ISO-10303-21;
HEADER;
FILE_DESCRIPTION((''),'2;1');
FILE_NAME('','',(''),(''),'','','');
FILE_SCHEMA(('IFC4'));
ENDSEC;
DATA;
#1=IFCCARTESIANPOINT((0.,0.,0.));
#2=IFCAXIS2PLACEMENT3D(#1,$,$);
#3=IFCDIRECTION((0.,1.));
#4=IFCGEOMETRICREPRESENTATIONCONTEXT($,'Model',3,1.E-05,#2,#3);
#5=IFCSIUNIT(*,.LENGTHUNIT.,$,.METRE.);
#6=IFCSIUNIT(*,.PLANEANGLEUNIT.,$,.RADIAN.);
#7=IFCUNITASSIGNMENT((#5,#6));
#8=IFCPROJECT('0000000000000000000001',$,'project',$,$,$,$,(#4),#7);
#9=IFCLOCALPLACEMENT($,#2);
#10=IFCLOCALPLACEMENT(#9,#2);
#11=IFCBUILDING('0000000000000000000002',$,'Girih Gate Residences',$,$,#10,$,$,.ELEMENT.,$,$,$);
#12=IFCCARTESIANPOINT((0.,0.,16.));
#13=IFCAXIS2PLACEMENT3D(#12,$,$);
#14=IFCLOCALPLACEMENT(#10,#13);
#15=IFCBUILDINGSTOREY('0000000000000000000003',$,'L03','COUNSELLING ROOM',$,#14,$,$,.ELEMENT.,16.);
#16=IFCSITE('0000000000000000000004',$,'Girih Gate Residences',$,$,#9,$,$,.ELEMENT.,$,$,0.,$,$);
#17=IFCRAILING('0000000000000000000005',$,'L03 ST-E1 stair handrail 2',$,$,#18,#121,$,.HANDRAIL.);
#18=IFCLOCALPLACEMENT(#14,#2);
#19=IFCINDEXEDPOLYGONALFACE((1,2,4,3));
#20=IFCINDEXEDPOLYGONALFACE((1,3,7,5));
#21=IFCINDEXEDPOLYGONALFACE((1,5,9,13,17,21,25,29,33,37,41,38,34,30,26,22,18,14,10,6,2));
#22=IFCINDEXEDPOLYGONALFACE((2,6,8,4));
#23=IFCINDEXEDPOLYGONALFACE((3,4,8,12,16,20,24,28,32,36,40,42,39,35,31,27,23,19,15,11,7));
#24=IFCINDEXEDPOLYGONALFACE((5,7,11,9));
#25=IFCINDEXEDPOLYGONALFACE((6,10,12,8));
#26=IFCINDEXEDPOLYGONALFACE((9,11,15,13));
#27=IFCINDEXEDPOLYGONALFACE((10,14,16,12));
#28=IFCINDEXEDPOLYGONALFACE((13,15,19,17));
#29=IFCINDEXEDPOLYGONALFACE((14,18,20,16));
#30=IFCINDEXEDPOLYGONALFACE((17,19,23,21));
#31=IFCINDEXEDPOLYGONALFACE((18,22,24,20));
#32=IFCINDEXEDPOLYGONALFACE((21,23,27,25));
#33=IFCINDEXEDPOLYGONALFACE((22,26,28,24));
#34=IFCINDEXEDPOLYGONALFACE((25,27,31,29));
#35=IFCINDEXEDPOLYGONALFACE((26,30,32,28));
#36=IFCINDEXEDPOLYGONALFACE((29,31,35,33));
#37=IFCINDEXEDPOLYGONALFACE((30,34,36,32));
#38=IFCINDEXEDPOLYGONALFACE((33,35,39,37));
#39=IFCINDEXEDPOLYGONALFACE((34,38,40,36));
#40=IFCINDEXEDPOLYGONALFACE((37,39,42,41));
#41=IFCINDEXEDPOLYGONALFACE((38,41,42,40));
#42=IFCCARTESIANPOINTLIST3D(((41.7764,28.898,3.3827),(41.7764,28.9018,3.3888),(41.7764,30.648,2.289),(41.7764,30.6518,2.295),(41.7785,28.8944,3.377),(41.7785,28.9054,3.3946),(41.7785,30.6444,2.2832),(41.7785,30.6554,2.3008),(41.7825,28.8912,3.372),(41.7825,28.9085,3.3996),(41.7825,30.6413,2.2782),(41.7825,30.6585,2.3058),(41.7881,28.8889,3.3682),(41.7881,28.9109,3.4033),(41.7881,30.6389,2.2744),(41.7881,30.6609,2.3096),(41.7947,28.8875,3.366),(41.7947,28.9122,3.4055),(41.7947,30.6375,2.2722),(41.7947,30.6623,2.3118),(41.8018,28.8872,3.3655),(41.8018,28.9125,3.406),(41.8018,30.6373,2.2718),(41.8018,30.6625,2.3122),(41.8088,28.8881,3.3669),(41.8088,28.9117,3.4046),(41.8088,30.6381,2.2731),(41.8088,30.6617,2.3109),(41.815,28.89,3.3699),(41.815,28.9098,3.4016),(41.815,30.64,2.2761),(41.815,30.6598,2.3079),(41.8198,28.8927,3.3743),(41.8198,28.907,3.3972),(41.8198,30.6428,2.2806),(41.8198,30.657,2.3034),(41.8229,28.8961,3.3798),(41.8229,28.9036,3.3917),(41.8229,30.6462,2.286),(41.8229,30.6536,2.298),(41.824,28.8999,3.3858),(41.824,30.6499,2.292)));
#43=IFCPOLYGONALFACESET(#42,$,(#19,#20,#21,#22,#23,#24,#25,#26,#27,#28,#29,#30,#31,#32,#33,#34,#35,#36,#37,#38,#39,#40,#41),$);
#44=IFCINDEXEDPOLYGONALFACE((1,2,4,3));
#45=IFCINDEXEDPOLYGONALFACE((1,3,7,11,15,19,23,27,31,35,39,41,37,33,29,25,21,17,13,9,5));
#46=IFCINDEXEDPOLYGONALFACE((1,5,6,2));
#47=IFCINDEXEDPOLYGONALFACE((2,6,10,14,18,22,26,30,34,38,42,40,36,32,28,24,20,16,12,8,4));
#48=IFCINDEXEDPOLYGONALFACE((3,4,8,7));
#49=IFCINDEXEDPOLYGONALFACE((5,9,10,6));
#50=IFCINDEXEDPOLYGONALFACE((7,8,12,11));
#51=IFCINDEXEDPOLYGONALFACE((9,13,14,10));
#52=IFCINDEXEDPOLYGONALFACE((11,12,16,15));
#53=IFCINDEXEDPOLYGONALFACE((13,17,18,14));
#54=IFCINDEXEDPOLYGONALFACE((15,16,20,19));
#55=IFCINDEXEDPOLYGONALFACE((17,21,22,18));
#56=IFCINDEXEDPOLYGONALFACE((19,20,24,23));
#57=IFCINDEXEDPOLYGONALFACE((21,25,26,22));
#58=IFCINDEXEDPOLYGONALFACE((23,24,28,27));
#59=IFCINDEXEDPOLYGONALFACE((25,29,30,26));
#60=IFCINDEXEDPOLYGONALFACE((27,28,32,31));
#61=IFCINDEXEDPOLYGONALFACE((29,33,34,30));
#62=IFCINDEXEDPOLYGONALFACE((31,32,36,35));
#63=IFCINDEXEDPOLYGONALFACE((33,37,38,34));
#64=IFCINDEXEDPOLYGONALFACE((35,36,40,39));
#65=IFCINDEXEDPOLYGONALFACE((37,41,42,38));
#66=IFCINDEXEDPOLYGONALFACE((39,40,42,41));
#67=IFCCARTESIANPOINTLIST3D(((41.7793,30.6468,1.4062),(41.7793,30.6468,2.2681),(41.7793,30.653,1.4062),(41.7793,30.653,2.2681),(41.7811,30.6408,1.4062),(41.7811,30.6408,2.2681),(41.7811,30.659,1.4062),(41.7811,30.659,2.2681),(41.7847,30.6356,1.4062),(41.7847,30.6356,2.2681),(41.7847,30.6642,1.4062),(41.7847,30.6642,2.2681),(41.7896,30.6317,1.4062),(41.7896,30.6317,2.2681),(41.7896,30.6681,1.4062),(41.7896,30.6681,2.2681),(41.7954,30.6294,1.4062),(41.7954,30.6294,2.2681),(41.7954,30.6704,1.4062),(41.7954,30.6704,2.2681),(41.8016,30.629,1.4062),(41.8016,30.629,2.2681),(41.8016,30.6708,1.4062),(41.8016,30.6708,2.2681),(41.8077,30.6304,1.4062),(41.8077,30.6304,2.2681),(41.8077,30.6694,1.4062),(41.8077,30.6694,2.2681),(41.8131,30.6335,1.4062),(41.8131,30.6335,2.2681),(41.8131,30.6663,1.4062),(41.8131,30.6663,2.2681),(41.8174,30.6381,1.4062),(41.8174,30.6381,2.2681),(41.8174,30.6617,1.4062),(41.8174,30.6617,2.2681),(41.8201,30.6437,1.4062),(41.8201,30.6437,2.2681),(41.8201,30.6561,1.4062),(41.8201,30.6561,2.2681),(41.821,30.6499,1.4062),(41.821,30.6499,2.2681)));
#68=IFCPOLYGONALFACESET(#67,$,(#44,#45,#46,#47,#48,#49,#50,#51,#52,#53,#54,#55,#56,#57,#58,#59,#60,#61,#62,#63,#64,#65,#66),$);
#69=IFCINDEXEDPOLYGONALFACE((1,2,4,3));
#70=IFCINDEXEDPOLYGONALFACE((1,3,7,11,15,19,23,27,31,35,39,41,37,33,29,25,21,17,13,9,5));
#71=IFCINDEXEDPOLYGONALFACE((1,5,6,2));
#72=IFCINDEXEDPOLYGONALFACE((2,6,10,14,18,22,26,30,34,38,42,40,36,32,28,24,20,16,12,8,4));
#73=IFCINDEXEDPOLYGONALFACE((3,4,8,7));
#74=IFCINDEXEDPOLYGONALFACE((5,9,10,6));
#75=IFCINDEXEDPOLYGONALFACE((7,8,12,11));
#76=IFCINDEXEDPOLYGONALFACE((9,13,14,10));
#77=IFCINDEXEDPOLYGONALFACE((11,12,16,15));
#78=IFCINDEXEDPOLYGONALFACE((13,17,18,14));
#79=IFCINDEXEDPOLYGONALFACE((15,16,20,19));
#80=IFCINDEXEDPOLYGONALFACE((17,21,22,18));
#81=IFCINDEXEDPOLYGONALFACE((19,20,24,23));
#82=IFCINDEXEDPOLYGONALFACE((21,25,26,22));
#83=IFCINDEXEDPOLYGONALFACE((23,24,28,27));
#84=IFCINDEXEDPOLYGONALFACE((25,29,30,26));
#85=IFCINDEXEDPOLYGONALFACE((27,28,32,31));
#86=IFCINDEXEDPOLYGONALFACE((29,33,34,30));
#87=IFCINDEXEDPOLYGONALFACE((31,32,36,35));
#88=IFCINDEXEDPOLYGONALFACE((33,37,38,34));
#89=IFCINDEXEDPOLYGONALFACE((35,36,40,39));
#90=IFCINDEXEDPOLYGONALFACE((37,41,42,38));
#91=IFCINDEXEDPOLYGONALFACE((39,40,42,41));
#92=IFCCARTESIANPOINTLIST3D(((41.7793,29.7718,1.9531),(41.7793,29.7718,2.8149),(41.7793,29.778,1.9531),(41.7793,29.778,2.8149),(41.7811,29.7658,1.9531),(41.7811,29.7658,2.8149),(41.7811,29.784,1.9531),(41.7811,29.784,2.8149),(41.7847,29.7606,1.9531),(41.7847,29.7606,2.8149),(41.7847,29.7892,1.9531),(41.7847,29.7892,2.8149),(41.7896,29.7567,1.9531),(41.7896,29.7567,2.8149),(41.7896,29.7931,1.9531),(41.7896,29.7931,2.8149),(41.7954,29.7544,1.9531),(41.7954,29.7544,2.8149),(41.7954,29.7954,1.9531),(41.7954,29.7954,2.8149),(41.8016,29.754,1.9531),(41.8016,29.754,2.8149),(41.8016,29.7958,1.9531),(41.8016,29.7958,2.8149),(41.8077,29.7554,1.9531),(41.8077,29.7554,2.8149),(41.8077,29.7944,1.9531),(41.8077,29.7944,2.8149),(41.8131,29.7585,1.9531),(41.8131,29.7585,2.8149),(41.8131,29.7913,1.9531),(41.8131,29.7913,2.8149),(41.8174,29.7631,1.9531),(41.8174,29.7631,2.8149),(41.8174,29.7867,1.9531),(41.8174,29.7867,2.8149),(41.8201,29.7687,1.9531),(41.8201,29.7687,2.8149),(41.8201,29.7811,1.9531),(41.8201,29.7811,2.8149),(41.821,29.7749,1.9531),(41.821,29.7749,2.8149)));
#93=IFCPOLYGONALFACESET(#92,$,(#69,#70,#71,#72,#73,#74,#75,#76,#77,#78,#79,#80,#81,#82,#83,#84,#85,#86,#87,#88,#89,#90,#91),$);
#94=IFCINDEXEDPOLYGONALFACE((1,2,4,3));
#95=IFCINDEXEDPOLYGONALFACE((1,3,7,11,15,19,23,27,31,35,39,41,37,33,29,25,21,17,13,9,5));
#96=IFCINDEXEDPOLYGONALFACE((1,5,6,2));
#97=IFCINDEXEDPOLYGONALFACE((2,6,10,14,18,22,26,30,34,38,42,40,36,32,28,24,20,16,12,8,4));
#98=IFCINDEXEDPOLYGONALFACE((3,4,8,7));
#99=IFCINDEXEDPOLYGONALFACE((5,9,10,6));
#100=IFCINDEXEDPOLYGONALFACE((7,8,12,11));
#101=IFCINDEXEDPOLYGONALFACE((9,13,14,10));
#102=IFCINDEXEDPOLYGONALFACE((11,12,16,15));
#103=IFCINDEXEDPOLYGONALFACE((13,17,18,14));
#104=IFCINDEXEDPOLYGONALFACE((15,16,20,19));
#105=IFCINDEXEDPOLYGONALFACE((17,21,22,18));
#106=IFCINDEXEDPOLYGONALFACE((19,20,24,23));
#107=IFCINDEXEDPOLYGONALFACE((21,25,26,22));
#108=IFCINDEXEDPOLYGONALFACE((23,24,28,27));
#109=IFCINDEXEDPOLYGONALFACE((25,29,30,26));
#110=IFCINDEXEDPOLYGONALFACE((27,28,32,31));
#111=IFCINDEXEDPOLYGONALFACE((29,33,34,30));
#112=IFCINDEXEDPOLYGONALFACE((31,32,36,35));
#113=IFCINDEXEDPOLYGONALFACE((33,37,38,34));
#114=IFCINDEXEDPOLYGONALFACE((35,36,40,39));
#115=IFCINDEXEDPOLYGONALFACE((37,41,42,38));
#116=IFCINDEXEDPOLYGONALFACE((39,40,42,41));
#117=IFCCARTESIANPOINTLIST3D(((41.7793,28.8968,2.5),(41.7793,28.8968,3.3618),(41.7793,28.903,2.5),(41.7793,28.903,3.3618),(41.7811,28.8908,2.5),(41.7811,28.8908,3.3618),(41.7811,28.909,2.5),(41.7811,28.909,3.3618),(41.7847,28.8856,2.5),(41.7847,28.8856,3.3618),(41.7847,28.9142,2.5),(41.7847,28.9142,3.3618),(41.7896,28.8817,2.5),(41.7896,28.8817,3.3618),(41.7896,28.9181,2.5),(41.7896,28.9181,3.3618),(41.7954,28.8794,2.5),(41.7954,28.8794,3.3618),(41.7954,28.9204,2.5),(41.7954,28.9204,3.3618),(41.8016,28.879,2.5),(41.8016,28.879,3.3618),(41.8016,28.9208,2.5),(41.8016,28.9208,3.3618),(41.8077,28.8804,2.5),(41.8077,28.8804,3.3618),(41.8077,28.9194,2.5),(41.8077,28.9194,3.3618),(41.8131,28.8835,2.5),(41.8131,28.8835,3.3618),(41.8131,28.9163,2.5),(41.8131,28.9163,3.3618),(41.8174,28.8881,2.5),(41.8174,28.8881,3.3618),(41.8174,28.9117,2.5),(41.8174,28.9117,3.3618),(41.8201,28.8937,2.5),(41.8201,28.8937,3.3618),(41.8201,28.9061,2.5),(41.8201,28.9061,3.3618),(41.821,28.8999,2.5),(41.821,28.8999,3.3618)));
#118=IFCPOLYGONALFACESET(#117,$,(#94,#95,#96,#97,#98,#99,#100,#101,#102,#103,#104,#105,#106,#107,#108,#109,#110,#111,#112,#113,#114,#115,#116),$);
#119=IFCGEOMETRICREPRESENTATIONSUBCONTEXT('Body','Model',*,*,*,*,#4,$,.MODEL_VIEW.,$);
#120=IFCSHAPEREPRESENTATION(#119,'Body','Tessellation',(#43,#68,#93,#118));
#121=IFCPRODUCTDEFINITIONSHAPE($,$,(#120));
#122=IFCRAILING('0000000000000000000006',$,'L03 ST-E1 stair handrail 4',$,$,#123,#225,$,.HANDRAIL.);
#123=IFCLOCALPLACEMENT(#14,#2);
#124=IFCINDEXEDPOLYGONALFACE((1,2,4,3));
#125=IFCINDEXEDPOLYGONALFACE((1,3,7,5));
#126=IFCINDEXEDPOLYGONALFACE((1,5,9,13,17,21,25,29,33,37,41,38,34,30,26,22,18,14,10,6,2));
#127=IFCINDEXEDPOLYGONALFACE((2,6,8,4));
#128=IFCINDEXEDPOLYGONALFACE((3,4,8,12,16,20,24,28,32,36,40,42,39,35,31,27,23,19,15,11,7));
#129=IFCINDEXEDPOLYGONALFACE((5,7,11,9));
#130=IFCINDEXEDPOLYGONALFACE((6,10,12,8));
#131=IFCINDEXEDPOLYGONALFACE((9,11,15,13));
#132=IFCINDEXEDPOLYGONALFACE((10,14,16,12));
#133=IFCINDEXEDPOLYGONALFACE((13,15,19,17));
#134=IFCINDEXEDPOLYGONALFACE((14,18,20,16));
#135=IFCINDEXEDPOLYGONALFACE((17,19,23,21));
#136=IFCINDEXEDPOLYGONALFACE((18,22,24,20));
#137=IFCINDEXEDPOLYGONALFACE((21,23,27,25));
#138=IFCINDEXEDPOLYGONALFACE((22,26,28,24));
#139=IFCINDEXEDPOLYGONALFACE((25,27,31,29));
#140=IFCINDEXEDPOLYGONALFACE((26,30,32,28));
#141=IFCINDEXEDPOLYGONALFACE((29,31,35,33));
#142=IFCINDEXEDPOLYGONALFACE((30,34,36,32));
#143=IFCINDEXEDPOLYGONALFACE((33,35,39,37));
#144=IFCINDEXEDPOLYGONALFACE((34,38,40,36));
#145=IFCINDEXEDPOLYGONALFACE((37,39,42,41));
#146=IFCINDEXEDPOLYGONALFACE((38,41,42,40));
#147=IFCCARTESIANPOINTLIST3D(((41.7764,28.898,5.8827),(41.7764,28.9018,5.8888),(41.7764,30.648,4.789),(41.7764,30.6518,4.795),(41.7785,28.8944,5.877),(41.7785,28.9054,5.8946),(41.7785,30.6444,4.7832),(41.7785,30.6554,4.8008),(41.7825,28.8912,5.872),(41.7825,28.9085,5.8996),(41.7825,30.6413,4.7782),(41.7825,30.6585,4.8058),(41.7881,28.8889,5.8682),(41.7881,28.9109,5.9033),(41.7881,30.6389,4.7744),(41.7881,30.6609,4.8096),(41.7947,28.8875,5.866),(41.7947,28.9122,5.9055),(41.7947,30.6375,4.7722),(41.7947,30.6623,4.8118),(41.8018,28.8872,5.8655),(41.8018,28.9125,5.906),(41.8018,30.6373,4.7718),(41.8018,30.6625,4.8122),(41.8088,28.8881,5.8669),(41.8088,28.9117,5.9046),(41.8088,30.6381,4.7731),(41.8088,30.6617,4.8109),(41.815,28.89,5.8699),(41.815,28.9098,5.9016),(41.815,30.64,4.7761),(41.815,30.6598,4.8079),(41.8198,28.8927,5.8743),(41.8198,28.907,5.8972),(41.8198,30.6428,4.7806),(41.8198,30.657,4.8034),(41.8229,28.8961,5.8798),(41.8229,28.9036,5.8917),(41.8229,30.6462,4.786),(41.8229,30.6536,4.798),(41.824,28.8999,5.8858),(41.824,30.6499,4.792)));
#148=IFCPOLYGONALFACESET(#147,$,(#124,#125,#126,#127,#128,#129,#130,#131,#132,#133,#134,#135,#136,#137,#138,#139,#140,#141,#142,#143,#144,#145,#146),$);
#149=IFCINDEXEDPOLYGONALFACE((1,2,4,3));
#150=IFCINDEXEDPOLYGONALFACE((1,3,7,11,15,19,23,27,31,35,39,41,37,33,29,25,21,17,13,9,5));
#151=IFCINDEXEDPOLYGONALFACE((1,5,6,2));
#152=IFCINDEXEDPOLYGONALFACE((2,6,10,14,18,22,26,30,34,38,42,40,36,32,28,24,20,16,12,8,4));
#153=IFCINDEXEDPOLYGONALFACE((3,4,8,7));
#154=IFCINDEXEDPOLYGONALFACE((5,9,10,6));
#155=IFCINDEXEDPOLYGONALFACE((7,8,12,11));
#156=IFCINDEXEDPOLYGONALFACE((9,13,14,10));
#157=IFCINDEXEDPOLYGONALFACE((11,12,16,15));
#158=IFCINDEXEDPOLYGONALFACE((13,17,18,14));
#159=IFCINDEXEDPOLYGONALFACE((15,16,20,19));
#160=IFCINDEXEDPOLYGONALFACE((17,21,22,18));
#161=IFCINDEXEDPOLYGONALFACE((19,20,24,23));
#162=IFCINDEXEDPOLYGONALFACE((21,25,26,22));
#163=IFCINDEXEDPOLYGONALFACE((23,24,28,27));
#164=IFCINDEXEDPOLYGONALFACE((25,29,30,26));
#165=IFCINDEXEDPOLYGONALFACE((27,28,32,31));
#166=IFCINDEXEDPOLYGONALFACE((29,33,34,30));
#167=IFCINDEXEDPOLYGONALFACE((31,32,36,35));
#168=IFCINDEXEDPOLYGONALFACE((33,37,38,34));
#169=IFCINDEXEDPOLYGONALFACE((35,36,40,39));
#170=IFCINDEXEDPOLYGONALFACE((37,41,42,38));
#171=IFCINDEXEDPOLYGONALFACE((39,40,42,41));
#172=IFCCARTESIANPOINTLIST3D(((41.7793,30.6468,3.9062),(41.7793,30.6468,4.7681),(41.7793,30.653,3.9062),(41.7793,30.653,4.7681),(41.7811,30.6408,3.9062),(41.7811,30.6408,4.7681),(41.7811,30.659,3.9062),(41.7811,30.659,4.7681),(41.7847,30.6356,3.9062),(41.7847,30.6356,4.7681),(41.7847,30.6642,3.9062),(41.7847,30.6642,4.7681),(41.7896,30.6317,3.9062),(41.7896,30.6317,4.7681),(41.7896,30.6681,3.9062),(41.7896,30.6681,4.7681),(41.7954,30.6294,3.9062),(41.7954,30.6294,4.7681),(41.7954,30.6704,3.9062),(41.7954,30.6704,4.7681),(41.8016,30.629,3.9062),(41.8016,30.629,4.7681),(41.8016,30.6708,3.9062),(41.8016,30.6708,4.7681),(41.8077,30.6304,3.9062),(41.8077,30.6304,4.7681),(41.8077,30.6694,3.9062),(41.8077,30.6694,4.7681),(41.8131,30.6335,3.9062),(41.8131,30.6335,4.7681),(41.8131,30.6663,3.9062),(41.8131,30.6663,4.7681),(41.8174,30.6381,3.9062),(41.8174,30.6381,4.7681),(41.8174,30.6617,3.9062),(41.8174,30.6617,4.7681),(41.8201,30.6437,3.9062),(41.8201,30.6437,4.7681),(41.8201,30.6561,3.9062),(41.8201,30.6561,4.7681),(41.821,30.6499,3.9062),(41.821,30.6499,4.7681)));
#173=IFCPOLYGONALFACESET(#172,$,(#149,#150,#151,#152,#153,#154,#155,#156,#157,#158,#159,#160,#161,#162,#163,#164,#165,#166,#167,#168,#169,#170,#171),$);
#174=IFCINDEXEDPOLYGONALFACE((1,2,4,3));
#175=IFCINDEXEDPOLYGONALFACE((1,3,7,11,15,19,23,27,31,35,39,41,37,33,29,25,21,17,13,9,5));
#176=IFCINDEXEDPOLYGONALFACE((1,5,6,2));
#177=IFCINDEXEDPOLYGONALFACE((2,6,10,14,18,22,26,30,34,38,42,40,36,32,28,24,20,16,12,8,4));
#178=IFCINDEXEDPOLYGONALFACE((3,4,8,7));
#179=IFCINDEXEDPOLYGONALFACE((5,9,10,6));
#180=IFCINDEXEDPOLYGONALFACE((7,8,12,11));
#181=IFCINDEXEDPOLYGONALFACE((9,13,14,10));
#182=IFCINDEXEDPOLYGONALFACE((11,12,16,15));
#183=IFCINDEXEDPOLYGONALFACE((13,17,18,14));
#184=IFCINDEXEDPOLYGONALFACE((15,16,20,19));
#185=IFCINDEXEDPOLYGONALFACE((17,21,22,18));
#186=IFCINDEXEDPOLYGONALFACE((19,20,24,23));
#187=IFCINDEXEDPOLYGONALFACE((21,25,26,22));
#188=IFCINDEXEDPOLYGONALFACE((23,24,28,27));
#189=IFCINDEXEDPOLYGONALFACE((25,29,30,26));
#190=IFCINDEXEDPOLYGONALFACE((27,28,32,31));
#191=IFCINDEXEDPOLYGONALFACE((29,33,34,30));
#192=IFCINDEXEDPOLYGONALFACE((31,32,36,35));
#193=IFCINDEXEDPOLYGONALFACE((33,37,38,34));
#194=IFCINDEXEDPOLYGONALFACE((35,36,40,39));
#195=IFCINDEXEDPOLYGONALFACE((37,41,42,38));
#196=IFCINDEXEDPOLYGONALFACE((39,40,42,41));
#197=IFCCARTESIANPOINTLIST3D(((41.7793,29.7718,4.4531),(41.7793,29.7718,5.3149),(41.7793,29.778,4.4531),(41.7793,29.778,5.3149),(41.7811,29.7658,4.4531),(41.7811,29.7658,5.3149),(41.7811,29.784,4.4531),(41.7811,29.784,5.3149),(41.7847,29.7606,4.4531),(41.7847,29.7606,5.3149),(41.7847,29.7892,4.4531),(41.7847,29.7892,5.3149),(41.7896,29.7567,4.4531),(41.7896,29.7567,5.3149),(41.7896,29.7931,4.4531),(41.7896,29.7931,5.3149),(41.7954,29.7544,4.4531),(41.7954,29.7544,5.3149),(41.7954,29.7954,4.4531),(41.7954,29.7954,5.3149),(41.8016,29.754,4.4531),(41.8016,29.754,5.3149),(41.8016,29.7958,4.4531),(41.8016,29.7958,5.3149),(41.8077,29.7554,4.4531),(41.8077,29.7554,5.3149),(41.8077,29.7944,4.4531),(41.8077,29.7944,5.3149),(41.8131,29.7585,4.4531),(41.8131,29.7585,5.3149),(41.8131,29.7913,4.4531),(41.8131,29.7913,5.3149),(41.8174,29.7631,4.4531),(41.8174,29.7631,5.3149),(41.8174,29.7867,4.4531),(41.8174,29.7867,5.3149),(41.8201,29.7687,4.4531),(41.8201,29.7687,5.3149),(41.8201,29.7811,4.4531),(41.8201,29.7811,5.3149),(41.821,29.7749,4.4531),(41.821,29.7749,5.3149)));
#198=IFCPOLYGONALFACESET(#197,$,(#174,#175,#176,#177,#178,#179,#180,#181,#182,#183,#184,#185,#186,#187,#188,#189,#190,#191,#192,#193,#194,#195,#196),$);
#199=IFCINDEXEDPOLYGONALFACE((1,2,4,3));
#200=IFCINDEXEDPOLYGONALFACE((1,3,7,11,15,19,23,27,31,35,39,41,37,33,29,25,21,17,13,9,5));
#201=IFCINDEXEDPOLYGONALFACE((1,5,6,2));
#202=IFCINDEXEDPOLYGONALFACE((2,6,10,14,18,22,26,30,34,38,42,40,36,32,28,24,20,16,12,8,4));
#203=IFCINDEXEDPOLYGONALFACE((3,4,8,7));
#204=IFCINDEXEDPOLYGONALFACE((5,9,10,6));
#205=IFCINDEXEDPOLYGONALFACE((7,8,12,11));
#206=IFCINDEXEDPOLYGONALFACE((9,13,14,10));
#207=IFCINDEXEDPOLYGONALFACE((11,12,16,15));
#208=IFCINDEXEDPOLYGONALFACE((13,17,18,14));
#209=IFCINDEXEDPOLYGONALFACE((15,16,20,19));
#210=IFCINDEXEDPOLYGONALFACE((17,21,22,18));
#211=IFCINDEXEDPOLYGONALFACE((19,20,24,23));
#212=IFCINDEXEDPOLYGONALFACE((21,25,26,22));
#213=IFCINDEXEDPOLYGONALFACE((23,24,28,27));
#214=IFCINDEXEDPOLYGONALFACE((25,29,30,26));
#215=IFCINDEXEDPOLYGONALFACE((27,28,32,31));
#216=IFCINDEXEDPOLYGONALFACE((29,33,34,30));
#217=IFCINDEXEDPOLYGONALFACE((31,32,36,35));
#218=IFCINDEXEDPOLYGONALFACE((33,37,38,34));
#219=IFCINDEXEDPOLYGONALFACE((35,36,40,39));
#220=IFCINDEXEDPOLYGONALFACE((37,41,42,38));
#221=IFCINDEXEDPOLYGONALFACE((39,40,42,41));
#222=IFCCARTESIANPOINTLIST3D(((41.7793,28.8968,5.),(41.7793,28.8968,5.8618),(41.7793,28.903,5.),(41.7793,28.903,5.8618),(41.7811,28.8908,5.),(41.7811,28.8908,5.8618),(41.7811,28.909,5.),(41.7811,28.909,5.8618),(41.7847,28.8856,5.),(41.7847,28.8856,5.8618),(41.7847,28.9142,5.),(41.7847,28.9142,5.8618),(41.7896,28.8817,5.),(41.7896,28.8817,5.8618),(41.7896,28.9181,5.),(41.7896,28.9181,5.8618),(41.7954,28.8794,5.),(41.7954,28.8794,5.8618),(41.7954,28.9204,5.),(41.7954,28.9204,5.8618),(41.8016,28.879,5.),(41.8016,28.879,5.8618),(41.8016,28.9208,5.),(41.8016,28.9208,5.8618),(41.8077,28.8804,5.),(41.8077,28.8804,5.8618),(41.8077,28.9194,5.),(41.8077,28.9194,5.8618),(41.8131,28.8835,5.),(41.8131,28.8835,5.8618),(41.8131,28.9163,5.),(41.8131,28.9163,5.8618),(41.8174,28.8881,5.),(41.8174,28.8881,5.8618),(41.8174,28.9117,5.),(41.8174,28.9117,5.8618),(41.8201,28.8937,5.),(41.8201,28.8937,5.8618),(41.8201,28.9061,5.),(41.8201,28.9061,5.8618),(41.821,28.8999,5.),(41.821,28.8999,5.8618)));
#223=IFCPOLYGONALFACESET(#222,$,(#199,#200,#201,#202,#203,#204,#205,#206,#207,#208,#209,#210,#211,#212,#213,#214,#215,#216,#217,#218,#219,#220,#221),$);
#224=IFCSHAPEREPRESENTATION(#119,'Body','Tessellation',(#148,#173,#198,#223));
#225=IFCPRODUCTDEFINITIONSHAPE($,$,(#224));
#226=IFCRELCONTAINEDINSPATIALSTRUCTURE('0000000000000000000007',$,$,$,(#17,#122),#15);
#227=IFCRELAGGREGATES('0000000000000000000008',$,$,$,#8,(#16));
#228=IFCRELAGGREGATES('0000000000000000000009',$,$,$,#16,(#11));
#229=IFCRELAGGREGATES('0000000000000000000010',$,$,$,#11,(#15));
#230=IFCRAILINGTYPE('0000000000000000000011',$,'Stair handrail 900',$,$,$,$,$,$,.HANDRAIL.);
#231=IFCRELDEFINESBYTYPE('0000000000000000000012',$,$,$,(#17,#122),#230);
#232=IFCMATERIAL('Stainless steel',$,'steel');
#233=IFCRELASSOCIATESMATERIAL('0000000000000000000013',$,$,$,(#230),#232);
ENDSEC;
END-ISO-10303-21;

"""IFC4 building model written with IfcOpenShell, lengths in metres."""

from ifc_helpers import new_model, si_unit, direction, frame, origin, origin_2d, place, context, subcontext, project, spatial, circle, extrude, material, type_object, element, save


model = new_model("IFC4")

# Units and contexts
model_context = context("Model", 3, precision=1e-05, world=origin(), true_north=direction((0.0, 1.0)))
body_context = subcontext(model_context, "Body", "Model", "MODEL_VIEW")
ifc_project = project(units=[si_unit("LENGTHUNIT", "METRE"), si_unit("PLANEANGLEUNIT", "RADIAN")], contexts=[model_context])

# Site, building, storey
site_placement = place(None, origin())
site = spatial("IfcSite", under=ifc_project, at=site_placement, Name="Girih Gate Residences", CompositionType="ELEMENT", RefElevation=0.0)
building_placement = place(site_placement, origin())
building = spatial("IfcBuilding", under=site, at=building_placement, Name="Girih Gate Residences", CompositionType="ELEMENT")
storey_placement = place(building_placement, frame((0.0, 0.0, 16.0)))
storey = spatial("IfcBuildingStorey", under=building, at=storey_placement, Name="L03", Description="COUNSELLING ROOM", CompositionType="ELEMENT", Elevation=16.0)

# Railings
ifc_material_1 = material(Name="Stainless steel", Category="steel")
railing_type_1 = type_object("IfcRailingType", Name="Stair handrail 900", PredefinedType="HANDRAIL", material=ifc_material_1)
for number, where, name in (
    (1, (41.8, 30.6499, 1.4062), "L03 ST-E1 stair handrail 2"),
    (2, (41.8, 30.6499, 3.9062), "L03 ST-E1 stair handrail 4"),
):
    element("IfcRailing", number, at=place(storey_placement, frame(where)), inside=storey, type_object=railing_type_1, Name=name, PredefinedType="HANDRAIL", context=body_context, shape_type="SweptSolid", body=[
        extrude(circle(Radius=0.0239, at=origin_2d()), frame((0.0, 0.0, 0.8857), z_axis=(0.0, -0.847998, 0.529999), x_axis=(1.0, 0.0, 0.0)), (0.0, 0.0, 1.0), 2.0637),
        extrude(circle(Radius=0.021, at=origin_2d()), origin(), (0.0, 0.0, 1.0), 0.8618),
        extrude(circle(Radius=0.021, at=origin_2d()), frame((0.0, -0.875, 0.5469)), (0.0, 0.0, 1.0), 0.8618),
        extrude(circle(Radius=0.021, at=origin_2d()), frame((0.0, -1.75, 1.0938)), (0.0, 0.0, 1.0), 0.8618),
    ])

save(model, "model.ifc")
